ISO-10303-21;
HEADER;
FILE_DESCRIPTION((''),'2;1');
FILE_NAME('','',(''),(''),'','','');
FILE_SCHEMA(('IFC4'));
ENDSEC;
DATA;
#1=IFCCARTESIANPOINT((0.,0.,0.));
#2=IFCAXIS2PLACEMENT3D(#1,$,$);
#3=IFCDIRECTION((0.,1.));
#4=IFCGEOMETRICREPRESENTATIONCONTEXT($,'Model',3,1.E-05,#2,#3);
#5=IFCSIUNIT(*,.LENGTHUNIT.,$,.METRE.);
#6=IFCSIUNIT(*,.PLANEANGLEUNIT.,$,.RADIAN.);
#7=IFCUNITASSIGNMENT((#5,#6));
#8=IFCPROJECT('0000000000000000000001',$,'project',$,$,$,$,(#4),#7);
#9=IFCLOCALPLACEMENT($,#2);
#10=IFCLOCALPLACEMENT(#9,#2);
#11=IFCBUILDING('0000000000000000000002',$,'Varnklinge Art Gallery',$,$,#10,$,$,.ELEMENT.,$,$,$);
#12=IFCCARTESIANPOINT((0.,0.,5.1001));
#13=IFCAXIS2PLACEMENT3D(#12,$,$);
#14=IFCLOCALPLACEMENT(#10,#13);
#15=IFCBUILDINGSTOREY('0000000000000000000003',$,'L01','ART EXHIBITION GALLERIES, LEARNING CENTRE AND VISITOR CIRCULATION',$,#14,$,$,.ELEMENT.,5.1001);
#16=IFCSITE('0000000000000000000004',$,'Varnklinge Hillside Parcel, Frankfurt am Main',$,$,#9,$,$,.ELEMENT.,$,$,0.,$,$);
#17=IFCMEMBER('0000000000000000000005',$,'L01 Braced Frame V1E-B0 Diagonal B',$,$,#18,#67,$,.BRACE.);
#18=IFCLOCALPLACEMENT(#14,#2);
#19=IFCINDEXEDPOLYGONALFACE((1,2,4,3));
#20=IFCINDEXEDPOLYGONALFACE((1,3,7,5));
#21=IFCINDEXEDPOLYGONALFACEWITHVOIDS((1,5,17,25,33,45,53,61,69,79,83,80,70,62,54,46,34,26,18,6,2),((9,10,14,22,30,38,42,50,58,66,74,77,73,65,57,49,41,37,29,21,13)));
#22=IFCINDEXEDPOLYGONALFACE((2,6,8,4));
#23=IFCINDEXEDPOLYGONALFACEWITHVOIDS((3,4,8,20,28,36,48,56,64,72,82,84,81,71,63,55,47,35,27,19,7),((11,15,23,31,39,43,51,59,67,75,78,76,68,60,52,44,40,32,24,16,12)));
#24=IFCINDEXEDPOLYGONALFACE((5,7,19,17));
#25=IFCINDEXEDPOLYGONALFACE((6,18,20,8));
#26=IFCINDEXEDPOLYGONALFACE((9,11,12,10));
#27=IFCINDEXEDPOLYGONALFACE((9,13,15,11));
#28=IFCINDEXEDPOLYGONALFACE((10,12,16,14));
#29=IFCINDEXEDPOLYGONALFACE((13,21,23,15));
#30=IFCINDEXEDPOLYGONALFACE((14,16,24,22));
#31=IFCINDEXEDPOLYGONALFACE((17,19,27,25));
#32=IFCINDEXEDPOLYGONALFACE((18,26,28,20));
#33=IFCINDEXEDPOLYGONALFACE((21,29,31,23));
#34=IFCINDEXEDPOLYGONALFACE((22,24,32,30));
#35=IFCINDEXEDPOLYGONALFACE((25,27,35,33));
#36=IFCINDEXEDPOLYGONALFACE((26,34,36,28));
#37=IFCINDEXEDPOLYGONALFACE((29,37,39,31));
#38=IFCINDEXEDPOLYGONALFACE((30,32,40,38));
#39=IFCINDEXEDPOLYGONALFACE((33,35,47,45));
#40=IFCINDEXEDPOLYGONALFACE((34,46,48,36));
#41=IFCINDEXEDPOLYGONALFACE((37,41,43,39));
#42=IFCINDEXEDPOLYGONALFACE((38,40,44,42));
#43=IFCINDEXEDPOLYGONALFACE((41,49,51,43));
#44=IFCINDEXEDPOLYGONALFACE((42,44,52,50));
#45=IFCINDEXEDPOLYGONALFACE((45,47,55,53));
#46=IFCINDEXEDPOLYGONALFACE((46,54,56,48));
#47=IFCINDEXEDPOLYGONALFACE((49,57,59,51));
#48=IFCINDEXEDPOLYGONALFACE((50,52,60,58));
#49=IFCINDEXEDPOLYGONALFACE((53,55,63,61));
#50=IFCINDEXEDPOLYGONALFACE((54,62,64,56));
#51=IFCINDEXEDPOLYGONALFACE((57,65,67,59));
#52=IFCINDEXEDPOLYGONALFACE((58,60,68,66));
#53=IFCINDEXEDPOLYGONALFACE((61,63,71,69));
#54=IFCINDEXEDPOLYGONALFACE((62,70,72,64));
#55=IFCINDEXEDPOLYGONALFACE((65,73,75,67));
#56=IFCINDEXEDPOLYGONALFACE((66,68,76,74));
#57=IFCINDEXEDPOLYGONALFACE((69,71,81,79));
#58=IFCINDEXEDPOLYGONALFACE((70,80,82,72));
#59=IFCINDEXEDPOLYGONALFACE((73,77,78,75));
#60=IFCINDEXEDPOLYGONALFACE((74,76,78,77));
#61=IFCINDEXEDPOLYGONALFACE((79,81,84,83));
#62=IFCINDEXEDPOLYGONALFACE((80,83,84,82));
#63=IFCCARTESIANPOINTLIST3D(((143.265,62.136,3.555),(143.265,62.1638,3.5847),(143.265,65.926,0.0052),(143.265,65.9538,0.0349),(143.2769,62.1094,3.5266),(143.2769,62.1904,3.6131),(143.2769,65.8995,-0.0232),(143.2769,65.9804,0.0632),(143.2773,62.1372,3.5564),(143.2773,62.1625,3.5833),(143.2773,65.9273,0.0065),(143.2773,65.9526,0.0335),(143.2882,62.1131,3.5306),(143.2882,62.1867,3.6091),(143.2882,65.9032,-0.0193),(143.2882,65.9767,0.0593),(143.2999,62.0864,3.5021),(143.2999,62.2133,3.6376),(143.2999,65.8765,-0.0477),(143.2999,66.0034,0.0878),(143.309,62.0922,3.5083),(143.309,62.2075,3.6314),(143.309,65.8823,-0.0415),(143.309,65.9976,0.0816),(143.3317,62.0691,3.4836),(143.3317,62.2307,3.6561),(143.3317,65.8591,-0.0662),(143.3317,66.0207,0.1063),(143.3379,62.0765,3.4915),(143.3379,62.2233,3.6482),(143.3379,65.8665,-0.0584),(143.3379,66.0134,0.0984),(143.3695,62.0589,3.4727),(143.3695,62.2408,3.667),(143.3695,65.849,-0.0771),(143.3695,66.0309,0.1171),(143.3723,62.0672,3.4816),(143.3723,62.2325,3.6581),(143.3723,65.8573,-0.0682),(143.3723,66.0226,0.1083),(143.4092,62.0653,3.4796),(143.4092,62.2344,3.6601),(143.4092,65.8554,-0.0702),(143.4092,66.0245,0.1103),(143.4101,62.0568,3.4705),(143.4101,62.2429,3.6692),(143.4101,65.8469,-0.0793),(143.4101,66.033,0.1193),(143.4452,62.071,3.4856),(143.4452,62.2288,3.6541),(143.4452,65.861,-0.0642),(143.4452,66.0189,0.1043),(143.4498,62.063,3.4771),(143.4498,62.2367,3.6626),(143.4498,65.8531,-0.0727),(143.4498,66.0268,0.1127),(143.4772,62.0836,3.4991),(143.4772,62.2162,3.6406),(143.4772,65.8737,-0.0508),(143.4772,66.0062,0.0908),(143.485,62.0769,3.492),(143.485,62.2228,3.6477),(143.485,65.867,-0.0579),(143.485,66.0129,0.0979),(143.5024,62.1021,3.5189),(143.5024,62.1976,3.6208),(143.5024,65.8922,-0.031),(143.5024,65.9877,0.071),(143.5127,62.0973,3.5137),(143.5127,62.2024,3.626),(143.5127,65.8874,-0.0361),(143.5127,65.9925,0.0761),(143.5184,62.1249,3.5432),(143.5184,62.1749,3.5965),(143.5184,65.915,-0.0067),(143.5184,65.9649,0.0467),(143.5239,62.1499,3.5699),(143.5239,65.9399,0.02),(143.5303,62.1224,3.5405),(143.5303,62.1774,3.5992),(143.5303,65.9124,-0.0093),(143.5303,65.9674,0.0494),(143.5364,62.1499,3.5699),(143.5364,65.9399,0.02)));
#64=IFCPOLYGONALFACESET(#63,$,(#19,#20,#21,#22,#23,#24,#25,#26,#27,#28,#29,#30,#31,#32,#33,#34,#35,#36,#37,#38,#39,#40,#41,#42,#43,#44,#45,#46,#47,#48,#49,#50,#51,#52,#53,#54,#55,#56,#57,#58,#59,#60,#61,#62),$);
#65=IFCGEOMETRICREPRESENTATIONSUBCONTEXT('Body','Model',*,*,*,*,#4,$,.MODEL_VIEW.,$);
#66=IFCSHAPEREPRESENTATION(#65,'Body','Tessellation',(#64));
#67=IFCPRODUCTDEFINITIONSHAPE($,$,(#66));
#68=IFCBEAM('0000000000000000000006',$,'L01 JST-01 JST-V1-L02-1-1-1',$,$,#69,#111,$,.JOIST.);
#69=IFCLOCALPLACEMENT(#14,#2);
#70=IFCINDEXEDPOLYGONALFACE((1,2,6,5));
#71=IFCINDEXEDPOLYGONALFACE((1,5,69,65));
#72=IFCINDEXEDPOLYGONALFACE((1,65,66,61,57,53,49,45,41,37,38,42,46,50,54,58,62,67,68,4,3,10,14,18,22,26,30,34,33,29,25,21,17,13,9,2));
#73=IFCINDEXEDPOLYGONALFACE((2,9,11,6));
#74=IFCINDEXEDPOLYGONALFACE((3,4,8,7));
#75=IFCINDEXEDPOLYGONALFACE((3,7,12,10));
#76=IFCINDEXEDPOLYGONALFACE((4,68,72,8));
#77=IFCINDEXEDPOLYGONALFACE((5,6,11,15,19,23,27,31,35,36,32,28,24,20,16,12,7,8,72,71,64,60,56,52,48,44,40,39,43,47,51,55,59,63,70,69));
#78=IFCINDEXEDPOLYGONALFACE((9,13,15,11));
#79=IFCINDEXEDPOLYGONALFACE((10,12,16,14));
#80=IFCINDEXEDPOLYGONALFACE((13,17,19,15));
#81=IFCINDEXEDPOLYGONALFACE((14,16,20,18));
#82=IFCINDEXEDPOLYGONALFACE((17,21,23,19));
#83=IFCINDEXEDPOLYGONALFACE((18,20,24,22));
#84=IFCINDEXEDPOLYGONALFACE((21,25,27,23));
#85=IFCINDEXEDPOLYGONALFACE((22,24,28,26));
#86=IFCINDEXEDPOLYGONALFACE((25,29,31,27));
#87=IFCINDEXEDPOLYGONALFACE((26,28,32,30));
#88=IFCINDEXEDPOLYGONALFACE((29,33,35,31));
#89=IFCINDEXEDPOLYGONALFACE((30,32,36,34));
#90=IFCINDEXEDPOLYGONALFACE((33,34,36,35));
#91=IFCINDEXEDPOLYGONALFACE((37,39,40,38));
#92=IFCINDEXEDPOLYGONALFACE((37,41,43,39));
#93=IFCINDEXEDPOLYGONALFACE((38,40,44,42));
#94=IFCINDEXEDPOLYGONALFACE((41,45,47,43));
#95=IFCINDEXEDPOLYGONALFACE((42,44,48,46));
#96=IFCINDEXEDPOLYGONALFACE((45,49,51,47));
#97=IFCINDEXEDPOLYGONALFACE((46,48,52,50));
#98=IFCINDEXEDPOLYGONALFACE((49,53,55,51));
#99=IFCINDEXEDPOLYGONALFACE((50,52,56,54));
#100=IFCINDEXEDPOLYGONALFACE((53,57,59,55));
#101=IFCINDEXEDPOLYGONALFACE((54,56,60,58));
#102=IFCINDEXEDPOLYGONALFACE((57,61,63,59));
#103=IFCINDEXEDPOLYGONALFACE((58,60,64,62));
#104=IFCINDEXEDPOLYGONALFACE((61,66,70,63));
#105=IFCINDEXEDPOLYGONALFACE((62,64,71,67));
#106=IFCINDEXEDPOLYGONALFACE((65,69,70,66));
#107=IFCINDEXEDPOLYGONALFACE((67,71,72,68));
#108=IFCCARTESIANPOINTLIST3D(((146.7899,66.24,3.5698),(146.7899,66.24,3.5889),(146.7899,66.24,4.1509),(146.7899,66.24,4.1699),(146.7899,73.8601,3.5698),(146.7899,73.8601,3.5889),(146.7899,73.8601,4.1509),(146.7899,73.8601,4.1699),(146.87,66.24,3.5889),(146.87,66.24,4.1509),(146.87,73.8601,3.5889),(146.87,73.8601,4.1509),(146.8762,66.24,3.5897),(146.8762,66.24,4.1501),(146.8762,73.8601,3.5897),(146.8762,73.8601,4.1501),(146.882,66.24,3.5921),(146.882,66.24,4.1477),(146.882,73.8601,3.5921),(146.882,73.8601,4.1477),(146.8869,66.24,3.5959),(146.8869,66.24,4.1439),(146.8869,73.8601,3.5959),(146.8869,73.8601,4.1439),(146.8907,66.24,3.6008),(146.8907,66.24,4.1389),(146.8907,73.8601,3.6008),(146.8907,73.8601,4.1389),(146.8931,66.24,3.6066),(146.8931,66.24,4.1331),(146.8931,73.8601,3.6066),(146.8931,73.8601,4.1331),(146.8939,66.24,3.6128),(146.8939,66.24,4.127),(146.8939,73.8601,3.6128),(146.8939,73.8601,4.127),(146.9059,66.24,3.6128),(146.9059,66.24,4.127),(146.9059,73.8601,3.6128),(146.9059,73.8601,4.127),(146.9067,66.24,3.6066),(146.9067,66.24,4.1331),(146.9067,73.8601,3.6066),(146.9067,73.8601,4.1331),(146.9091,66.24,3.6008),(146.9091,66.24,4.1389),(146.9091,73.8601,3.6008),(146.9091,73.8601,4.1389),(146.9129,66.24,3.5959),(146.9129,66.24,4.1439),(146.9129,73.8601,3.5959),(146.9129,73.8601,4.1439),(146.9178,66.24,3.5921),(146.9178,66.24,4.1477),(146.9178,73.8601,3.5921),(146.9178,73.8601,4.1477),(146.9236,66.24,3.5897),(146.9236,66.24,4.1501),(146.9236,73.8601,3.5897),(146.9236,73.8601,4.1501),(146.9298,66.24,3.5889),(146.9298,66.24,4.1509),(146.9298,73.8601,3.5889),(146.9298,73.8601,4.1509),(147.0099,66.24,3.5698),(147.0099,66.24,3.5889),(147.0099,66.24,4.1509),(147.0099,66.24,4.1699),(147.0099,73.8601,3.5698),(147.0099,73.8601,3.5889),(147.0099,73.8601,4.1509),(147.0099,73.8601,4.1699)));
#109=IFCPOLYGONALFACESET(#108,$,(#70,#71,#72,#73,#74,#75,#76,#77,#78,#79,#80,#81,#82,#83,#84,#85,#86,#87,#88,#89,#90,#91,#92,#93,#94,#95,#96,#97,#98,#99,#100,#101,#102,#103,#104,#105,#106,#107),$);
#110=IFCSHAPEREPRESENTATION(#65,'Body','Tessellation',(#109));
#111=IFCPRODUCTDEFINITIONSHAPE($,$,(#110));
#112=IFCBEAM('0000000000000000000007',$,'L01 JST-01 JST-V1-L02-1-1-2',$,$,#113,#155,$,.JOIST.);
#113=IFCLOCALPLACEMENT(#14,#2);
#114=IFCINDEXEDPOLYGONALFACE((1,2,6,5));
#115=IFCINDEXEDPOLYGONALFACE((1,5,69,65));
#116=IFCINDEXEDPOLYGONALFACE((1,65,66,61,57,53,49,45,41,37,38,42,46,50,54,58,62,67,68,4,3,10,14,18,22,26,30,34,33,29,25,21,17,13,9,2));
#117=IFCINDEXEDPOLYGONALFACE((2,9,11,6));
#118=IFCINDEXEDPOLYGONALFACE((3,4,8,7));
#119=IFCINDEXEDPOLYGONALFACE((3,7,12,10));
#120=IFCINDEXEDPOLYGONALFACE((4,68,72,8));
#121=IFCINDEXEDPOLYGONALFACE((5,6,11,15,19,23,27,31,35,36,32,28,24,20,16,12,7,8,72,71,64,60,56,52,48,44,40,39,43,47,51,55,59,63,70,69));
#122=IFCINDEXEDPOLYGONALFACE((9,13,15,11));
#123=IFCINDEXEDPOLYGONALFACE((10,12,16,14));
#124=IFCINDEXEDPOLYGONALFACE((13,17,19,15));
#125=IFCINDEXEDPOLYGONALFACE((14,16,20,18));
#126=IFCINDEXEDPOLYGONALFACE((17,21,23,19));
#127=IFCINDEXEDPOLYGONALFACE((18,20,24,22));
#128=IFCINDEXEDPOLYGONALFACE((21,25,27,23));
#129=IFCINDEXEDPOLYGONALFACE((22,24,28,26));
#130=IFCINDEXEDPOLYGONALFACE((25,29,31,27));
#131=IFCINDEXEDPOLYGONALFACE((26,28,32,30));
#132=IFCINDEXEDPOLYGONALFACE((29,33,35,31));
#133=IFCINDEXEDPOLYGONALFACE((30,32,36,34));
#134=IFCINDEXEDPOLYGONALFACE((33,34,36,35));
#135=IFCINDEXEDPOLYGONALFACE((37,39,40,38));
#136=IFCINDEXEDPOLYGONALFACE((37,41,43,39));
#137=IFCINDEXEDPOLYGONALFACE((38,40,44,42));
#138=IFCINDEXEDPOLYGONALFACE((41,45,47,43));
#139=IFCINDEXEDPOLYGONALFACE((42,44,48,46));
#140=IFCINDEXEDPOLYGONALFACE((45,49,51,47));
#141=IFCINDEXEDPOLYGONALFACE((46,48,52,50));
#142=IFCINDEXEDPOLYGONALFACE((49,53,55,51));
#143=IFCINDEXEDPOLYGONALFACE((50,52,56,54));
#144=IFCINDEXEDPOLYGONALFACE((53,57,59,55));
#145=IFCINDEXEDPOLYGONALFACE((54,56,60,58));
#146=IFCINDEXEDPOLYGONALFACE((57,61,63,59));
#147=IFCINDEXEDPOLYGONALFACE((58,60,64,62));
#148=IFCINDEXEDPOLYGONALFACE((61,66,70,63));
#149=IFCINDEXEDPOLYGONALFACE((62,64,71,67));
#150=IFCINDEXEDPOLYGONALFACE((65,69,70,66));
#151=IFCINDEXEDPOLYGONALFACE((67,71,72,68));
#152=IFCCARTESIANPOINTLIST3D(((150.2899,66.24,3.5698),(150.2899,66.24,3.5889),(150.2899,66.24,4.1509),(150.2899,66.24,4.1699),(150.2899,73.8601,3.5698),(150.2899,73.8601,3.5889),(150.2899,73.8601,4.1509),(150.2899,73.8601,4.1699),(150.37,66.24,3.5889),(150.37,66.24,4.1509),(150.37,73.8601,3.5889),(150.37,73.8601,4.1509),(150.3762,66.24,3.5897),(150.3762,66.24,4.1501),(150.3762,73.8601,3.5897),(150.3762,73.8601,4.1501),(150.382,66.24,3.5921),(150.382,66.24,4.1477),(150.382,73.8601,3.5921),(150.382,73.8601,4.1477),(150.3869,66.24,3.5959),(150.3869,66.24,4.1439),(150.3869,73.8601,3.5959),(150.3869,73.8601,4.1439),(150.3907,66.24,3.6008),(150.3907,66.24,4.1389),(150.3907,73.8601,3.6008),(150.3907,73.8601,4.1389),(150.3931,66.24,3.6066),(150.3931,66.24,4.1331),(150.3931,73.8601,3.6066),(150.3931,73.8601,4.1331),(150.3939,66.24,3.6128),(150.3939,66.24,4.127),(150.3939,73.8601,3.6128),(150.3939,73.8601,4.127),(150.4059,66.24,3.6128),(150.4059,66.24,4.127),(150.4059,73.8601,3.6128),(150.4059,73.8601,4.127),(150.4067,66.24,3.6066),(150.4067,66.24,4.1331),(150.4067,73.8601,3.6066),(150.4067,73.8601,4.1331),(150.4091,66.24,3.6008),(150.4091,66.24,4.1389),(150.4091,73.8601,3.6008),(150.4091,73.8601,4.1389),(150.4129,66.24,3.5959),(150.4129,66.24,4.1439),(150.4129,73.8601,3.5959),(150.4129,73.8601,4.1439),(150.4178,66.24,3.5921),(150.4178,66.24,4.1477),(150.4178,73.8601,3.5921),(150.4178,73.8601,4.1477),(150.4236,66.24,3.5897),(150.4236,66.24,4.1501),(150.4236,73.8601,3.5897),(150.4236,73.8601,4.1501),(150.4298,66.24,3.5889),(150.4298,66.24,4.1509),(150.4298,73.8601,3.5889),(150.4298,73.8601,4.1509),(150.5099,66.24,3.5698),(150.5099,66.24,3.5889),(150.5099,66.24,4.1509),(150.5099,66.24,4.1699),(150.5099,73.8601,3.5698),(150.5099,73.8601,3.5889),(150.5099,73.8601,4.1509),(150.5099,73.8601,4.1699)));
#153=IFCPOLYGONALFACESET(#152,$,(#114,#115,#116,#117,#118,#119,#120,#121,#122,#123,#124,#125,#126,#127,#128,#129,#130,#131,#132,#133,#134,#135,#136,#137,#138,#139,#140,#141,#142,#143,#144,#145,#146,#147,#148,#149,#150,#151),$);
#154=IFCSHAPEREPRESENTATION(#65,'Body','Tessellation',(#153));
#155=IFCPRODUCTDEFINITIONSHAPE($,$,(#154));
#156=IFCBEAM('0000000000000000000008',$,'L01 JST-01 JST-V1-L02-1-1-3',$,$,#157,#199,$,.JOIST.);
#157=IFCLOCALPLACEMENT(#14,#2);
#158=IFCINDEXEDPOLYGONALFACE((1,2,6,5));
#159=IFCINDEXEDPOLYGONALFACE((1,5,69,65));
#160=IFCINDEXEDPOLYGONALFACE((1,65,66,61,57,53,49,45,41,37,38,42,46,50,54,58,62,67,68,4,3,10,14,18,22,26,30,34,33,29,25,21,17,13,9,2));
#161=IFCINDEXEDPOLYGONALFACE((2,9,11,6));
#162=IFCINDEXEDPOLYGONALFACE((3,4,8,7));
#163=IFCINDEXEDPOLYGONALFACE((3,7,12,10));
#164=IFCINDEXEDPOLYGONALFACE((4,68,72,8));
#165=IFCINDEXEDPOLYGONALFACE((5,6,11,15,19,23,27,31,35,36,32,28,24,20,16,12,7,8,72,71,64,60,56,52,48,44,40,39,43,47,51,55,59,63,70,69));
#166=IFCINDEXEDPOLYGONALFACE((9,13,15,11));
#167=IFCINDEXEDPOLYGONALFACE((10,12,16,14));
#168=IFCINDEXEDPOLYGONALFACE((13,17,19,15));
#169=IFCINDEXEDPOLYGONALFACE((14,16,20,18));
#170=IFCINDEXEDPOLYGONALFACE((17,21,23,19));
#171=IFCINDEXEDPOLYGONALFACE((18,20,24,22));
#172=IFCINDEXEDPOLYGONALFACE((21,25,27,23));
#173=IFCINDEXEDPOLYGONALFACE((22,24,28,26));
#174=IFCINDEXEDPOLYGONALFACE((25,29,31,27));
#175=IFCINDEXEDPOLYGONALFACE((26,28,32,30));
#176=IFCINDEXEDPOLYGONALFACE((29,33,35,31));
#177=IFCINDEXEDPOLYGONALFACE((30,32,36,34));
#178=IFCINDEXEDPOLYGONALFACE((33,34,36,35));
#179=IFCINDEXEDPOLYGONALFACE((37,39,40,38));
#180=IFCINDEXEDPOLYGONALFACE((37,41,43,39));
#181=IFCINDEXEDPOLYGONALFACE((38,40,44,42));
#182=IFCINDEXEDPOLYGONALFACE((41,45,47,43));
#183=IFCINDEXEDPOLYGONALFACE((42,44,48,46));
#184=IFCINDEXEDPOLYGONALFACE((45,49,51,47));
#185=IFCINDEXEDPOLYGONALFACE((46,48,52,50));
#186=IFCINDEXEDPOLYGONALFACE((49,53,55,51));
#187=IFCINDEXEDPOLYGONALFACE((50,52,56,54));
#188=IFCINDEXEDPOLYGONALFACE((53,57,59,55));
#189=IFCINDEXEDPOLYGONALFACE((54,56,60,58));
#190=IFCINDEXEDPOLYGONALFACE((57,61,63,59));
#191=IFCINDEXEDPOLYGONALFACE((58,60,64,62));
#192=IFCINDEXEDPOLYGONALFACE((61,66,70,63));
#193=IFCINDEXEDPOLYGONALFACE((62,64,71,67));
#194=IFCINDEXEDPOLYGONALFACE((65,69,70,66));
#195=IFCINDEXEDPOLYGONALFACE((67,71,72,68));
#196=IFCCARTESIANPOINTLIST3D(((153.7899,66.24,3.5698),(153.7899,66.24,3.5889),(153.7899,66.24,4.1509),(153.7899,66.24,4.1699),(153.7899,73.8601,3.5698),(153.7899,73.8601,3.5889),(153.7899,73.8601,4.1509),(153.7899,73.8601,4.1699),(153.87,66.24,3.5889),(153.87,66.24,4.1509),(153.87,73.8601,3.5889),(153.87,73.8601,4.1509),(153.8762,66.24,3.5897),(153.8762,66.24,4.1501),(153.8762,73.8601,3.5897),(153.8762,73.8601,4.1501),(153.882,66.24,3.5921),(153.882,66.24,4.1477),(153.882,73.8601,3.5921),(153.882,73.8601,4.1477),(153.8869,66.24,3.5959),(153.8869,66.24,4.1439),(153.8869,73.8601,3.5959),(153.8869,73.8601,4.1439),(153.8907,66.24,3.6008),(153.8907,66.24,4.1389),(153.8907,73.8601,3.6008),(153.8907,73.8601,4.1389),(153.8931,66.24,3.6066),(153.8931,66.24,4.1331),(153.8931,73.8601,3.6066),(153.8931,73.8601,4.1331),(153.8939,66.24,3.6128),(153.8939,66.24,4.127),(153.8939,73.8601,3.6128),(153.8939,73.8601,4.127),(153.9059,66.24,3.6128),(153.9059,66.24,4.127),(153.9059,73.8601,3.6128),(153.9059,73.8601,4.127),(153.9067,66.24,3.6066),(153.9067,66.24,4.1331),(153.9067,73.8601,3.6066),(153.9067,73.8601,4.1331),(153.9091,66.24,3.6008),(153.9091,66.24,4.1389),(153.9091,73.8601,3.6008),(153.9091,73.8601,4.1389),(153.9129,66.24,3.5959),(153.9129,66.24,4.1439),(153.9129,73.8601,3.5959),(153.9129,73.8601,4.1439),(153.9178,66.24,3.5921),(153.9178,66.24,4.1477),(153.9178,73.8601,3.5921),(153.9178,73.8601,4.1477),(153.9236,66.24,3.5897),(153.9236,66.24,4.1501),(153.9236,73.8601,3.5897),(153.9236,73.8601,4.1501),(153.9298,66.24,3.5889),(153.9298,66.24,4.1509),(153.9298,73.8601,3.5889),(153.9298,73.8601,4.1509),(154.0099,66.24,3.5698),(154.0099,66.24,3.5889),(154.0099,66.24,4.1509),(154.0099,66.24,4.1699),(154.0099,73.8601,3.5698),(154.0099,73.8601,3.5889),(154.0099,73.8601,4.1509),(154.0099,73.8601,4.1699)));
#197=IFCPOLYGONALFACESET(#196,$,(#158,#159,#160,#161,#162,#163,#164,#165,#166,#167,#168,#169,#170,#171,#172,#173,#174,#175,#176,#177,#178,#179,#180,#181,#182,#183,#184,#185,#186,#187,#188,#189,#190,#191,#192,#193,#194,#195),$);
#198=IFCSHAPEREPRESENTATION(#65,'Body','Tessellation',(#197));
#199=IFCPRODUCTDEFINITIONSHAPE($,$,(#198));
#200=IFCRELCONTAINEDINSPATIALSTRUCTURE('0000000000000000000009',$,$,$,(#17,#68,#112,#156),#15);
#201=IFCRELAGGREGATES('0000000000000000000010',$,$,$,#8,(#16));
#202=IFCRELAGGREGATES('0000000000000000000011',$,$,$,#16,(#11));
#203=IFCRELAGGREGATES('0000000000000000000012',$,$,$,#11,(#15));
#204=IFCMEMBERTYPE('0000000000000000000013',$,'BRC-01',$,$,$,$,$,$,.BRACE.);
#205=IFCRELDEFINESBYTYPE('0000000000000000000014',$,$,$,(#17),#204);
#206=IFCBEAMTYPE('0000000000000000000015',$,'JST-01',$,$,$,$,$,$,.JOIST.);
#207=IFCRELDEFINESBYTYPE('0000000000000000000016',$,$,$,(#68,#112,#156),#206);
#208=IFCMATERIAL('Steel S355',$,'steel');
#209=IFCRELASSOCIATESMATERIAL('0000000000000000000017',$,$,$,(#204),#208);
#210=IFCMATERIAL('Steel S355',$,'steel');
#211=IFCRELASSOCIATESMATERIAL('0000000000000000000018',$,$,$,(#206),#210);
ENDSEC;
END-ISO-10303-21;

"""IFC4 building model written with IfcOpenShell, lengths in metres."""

from ifc_helpers import new_model, si_unit, direction, frame, origin, origin_2d, place, context, subcontext, project, spatial, hollow_circle, i_section, extrude, material, material_profile, profile_set, type_object, element, save


model = new_model("IFC4")

# Units and contexts
model_context = context("Model", 3, precision=1e-05, world=origin(), true_north=direction((0.0, 1.0)))
body_context = subcontext(model_context, "Body", "Model", "MODEL_VIEW")
ifc_project = project(units=[si_unit("LENGTHUNIT", "METRE"), si_unit("PLANEANGLEUNIT", "RADIAN")], contexts=[model_context])

# Site, building, storey
site_placement = place(None, origin())
site = spatial("IfcSite", under=ifc_project, at=site_placement, Name="Varnklinge Hillside Parcel, Frankfurt am Main", CompositionType="ELEMENT", RefElevation=0.0)
building_placement = place(site_placement, origin())
building = spatial("IfcBuilding", under=site, at=building_placement, Name="Varnklinge Art Gallery", CompositionType="ELEMENT")
storey_placement = place(building_placement, frame((0.0, 0.0, 5.1001)))
storey = spatial("IfcBuildingStorey", under=building, at=storey_placement, Name="L01", Description="ART EXHIBITION GALLERIES, LEARNING CENTRE AND VISITOR CIRCULATION", CompositionType="ELEMENT", Elevation=5.1001)

# Member
ifc_material_1 = material(Name="Steel S355", Category="steel")
ifc_material_profile_1 = material_profile(ifc_material_1, hollow_circle(Radius=0.1365, WallThickness=0.0125, at=origin_2d()), Name="CHS 273x12.5")
ifc_profile_set_1 = profile_set([ifc_material_profile_1], Name="Steel S355")
member_type = type_object("IfcMemberType", Name="BRC-01", PredefinedType="BRACE", material=ifc_profile_set_1)
member_placement = place(storey_placement, frame((143.3999, 65.9399, 0.02), z_axis=(0.0, -0.72986, 0.683597), x_axis=(1.0, 0.0, 0.0)))
element("IfcMember", 1, at=member_placement, inside=storey, type_object=member_type, Name="L01 Braced Frame V1E-B0 Diagonal B", PredefinedType="BRACE", context=body_context, shape_type="SweptSolid", body=[
    extrude(hollow_circle(Radius=0.1365, WallThickness=0.0125, at=origin_2d()), origin(), (0.0, 0.0, 1.0), 5.1929),
])

# Beams
ifc_material_2 = material(Name="Steel S355", Category="steel")
ifc_material_profile_2 = material_profile(ifc_material_2, i_section(OverallWidth=0.22, OverallDepth=0.6001, WebThickness=0.012, FlangeThickness=0.019, FilletRadius=0.0239, at=origin_2d()), Name="IPE 600")
ifc_profile_set_2 = profile_set([ifc_material_profile_2], Name="Steel S355")
beam_type_1 = type_object("IfcBeamType", Name="JST-01", PredefinedType="JOIST", material=ifc_profile_set_2)
for number, where, z_axis, x_axis, name in (
    (2, (146.8999, 66.24, 3.8699), (0.0, 1.0, 0.0), (-1.0, 0.0, 0.0), "L01 JST-01 JST-V1-L02-1-1-1"),
    (3, (150.3999, 66.24, 3.8699), (0.0, 1.0, 0.0), (-1.0, 0.0, 0.0), "L01 JST-01 JST-V1-L02-1-1-2"),
    (4, (153.8999, 66.24, 3.8699), (0.0, 1.0, 0.0), (-1.0, 0.0, 0.0), "L01 JST-01 JST-V1-L02-1-1-3"),
):
    element("IfcBeam", number, at=place(storey_placement, frame(where, z_axis=z_axis, x_axis=x_axis)), inside=storey, type_object=beam_type_1, Name=name, PredefinedType="JOIST", context=body_context, shape_type="SweptSolid", body=[
        extrude(i_section(OverallWidth=0.22, OverallDepth=0.6001, WebThickness=0.012, FlangeThickness=0.019, FilletRadius=0.0239, at=origin_2d()), origin(), (0.0, 0.0, 1.0), 7.6201),
    ])

save(model, "model.ifc")
